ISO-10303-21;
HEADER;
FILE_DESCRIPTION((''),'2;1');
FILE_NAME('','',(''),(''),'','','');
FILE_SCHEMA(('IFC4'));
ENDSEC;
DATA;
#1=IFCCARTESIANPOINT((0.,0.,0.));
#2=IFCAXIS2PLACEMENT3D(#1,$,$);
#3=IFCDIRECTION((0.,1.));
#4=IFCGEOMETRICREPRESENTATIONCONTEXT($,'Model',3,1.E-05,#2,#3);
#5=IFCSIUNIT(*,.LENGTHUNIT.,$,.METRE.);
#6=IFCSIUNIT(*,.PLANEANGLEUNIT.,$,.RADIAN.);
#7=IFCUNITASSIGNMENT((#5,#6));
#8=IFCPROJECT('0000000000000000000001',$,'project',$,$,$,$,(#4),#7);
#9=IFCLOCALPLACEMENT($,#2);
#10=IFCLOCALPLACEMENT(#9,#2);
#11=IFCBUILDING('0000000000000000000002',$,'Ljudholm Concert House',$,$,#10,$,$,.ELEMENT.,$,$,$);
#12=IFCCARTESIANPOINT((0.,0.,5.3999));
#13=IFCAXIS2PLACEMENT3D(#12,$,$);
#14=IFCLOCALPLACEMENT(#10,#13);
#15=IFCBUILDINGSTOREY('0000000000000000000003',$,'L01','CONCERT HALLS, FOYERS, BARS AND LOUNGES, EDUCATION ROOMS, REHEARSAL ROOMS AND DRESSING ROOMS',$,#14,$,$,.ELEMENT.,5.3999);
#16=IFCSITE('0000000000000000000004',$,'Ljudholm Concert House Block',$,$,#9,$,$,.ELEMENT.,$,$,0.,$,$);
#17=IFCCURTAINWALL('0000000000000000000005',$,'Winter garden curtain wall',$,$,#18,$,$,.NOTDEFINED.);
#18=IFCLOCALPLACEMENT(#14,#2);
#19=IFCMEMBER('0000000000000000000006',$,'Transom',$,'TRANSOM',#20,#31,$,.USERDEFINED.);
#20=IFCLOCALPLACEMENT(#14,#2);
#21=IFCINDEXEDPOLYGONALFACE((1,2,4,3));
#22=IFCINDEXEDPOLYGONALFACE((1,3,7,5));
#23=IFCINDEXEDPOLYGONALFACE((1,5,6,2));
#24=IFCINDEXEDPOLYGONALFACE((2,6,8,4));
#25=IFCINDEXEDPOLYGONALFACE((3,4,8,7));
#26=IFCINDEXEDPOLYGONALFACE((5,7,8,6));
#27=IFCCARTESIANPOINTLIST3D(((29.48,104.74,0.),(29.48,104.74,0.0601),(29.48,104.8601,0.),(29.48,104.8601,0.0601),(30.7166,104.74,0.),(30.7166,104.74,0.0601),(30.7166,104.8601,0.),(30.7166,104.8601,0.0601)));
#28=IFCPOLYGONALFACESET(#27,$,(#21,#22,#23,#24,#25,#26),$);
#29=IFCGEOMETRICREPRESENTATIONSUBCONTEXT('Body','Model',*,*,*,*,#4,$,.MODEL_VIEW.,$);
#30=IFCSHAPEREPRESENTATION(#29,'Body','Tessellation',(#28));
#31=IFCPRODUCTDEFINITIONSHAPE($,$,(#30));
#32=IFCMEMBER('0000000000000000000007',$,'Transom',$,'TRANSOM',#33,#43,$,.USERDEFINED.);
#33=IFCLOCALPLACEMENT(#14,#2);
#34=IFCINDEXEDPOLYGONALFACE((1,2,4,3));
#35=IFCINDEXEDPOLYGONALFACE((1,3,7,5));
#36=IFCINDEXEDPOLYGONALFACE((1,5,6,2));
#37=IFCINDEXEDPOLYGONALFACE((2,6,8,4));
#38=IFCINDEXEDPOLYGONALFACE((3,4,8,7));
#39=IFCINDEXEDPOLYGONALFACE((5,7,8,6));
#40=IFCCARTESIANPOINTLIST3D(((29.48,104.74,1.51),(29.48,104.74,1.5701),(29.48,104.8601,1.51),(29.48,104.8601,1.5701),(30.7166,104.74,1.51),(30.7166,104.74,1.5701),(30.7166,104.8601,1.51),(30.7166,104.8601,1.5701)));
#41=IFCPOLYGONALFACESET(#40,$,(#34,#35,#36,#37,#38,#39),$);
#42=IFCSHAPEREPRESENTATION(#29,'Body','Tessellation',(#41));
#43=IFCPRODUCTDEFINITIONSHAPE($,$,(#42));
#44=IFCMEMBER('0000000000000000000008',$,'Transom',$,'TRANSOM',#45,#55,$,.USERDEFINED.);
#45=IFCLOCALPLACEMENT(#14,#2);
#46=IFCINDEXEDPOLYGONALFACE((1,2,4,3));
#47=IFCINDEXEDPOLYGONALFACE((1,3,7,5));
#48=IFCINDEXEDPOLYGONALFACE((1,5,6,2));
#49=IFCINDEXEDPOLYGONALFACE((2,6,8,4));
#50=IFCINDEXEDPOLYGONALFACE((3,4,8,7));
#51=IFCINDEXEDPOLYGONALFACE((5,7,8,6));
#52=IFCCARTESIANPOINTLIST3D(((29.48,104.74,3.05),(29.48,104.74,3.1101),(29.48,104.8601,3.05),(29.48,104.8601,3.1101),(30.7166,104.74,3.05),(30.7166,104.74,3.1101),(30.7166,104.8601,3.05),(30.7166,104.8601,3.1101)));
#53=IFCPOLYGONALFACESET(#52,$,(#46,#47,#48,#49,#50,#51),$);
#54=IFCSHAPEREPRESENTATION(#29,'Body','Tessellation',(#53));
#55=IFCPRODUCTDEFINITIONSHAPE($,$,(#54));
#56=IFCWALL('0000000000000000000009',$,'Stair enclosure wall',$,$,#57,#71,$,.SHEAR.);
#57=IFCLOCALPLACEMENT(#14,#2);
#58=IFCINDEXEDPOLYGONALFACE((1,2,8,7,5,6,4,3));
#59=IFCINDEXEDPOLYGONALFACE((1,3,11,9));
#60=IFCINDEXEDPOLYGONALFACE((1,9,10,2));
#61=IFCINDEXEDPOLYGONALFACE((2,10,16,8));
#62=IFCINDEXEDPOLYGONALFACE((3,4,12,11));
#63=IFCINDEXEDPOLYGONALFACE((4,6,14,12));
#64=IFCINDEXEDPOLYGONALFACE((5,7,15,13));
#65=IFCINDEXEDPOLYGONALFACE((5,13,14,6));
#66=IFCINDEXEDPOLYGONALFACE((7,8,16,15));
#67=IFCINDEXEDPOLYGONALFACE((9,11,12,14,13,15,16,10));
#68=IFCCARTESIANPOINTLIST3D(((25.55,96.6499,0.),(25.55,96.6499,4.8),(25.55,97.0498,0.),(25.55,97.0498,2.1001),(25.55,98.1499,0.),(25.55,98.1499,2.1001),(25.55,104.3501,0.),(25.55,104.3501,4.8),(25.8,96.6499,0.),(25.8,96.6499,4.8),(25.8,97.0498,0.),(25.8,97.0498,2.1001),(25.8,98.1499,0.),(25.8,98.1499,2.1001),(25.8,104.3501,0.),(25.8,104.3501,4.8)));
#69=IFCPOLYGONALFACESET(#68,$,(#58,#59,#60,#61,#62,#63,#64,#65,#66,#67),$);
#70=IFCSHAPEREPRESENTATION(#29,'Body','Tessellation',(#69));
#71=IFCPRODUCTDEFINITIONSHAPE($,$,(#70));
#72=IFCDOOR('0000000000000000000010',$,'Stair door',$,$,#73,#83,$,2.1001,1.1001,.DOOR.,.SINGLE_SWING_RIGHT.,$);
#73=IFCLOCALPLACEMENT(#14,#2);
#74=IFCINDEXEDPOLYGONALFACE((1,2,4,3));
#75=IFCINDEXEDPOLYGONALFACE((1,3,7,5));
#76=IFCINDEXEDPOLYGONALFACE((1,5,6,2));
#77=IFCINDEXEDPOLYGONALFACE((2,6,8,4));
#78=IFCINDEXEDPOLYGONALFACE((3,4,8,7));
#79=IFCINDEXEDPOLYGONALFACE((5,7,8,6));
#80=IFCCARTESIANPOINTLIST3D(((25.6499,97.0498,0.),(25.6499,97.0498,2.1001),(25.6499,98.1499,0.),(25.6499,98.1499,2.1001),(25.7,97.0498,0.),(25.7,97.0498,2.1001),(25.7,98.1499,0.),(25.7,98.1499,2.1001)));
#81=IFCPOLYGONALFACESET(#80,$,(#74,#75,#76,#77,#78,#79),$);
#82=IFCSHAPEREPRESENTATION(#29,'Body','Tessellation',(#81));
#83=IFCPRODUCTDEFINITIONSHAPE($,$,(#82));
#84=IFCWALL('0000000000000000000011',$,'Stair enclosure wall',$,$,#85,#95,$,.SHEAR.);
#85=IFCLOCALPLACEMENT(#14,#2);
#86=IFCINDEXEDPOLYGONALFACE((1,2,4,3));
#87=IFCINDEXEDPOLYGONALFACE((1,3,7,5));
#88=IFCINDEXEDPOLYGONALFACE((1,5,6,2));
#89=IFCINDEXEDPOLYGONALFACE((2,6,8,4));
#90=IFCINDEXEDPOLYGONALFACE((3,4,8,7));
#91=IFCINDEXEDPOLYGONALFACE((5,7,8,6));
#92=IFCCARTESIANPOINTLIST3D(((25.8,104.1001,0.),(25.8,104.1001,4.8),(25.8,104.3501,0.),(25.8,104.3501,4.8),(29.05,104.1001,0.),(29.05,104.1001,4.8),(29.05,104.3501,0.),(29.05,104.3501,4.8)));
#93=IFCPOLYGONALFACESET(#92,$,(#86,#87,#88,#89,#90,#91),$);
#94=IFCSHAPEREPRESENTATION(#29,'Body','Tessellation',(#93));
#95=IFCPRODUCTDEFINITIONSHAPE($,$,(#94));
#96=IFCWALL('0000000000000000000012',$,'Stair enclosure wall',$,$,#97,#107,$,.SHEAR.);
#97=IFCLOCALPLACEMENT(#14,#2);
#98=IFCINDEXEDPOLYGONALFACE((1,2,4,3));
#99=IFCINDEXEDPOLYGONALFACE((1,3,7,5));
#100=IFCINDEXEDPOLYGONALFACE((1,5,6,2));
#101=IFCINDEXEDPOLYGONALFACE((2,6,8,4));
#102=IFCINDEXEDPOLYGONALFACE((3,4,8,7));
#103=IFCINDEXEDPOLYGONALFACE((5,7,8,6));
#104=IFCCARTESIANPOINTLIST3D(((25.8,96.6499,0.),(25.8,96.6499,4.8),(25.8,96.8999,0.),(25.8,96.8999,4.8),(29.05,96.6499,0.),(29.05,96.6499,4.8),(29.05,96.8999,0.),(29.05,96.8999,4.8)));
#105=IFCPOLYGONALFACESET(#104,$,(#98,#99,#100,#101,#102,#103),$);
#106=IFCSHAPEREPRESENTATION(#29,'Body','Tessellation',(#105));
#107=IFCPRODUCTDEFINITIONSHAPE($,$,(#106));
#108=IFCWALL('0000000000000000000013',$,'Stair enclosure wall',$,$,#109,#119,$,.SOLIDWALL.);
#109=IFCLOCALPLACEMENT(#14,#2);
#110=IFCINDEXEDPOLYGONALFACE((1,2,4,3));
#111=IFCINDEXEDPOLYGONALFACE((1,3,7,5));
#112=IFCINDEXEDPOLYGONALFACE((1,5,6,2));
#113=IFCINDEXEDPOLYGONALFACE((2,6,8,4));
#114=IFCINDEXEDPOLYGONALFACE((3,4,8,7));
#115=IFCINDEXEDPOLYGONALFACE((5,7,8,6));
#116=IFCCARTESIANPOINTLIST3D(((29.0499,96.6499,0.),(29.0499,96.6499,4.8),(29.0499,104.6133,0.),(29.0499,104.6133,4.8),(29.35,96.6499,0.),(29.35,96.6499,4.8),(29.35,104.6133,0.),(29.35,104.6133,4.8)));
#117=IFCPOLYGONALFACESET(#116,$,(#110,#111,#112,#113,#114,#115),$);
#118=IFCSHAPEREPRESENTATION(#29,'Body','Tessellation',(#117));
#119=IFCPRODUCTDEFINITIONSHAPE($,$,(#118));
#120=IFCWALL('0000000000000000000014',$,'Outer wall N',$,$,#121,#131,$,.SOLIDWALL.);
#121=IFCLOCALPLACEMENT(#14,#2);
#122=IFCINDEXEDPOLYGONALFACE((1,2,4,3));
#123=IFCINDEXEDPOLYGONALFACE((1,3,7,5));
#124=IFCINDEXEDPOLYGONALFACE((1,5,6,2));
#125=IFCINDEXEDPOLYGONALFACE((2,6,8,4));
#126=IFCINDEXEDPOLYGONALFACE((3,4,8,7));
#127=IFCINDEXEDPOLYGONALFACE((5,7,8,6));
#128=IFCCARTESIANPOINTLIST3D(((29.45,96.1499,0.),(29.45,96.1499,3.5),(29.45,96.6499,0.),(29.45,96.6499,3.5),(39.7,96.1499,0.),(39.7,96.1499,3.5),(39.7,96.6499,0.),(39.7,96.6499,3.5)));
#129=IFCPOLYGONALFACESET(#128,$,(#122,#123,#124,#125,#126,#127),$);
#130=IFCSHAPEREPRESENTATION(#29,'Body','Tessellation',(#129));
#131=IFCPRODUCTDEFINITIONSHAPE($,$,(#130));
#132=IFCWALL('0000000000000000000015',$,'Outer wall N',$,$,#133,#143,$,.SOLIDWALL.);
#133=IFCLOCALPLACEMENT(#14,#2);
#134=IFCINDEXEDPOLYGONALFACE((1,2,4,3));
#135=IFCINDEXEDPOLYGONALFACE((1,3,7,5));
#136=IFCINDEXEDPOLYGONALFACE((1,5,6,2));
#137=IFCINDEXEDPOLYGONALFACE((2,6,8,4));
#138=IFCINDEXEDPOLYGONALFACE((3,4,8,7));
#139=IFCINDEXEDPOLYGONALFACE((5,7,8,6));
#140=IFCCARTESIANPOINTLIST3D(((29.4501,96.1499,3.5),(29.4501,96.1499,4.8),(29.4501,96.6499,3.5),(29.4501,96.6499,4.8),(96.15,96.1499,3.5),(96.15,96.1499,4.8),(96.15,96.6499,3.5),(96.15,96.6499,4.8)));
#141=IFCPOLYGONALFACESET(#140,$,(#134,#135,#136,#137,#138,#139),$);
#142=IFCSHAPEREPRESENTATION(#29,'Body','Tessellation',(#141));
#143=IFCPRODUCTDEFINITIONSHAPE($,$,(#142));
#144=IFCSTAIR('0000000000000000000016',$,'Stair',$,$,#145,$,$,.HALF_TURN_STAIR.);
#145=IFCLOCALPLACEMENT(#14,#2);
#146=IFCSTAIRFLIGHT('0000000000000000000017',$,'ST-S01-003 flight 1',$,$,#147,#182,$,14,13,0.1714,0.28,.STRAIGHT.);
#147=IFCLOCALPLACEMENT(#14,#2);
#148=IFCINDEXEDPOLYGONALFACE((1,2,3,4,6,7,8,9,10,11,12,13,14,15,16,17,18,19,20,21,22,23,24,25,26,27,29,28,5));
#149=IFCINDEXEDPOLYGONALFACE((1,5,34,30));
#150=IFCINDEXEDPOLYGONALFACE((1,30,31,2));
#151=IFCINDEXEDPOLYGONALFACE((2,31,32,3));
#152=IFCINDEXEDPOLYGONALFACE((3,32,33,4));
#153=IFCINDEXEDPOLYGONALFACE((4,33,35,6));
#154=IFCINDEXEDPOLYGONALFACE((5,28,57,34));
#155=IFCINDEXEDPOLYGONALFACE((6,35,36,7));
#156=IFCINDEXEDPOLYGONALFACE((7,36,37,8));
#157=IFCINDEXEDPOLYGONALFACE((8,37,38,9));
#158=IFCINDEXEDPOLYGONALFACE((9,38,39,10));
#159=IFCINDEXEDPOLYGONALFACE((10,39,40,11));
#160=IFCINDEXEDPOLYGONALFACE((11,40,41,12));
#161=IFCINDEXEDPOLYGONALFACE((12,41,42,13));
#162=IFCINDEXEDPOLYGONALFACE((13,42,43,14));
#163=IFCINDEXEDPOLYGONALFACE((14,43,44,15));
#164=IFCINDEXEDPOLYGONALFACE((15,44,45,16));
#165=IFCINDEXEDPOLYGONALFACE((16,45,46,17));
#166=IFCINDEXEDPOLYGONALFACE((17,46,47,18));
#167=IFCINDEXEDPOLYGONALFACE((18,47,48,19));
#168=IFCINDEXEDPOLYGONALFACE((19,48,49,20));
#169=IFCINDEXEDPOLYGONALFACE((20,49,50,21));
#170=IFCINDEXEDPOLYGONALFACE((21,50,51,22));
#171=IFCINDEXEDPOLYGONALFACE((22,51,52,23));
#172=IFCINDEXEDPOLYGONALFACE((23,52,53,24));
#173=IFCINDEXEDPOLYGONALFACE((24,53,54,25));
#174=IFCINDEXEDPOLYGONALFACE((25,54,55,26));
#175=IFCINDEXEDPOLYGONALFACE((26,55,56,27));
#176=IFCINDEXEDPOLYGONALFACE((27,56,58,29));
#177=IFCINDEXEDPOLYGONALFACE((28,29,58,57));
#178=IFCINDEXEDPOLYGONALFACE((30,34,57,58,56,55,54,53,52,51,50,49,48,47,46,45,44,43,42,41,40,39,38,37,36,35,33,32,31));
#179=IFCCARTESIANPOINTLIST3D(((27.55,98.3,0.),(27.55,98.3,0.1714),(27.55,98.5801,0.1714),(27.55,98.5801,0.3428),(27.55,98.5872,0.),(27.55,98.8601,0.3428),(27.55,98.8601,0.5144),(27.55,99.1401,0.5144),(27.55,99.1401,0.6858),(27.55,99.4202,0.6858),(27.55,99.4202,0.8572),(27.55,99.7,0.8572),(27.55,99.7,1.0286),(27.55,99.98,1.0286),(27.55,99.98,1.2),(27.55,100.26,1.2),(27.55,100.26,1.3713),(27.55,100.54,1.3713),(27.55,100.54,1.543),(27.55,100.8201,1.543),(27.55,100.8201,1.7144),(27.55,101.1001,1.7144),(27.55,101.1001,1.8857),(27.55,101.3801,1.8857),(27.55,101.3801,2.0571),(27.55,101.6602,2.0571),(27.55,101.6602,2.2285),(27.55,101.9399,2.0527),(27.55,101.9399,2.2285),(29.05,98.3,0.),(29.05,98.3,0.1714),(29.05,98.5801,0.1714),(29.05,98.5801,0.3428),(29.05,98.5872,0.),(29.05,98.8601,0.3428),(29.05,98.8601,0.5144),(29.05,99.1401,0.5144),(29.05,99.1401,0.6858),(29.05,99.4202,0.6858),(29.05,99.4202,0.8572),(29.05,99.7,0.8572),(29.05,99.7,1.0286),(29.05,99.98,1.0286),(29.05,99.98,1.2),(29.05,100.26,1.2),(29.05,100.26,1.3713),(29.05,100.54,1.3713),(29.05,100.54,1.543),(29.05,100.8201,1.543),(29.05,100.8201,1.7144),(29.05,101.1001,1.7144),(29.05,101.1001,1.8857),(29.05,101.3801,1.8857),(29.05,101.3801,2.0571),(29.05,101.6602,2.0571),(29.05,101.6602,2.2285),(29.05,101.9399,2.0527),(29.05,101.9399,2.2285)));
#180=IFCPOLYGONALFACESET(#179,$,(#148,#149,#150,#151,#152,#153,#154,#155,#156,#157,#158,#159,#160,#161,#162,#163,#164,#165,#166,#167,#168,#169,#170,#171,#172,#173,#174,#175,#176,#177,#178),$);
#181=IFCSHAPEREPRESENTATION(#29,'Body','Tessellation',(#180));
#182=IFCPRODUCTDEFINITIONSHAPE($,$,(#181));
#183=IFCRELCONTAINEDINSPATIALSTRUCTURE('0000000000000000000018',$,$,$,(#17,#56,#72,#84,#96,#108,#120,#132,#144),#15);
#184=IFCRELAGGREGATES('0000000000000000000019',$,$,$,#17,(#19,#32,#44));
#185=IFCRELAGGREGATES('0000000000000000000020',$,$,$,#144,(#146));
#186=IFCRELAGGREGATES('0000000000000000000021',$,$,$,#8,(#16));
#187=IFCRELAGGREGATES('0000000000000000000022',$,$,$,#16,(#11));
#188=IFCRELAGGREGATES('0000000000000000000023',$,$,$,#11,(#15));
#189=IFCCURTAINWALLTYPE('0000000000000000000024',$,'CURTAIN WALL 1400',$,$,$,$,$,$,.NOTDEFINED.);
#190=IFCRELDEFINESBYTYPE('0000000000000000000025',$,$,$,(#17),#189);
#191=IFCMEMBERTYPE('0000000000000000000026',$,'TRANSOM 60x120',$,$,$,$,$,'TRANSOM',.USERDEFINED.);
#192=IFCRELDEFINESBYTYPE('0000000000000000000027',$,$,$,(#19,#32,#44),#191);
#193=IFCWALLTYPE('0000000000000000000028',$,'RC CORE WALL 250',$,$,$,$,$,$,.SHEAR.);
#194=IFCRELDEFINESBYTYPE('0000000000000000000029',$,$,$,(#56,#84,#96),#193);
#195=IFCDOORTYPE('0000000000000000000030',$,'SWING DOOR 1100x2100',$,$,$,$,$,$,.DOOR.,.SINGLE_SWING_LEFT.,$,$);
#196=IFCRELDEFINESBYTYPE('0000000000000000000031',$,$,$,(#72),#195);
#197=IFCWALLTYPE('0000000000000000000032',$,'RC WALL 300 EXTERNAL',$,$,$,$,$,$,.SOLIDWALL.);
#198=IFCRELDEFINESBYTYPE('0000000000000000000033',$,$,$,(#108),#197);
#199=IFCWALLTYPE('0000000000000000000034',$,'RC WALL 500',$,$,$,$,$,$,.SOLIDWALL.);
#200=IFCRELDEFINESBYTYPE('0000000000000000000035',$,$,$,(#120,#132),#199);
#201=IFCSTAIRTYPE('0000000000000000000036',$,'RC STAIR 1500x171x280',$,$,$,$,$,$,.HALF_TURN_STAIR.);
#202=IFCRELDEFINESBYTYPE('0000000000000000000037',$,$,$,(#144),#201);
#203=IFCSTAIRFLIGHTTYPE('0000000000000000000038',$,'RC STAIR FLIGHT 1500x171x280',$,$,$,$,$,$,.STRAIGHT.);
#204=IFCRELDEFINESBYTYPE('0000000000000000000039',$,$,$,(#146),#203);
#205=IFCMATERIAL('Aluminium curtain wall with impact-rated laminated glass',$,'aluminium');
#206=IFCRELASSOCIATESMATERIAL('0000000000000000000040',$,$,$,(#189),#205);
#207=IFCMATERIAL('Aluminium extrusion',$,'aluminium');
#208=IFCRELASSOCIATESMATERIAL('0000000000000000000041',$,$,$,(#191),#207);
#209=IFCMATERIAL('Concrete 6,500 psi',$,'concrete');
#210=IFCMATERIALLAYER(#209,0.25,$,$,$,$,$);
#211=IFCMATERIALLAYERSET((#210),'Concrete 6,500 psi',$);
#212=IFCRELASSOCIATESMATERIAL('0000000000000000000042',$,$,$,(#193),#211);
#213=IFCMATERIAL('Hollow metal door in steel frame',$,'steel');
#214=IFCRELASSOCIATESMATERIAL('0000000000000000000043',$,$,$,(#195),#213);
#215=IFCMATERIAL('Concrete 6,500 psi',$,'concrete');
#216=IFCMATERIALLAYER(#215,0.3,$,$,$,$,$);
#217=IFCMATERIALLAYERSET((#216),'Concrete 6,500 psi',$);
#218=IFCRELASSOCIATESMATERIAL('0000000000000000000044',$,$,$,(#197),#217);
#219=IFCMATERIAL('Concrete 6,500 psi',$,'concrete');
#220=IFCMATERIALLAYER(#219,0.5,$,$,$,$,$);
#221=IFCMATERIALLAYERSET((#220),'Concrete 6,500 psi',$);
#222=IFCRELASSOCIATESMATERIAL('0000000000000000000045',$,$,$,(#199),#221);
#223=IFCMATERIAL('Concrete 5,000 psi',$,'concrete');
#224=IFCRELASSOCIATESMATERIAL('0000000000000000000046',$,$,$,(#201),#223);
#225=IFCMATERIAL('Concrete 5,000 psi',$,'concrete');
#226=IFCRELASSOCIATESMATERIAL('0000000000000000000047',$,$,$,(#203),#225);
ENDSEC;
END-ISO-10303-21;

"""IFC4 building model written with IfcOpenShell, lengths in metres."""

from ifc_helpers import new_model, si_unit, direction, frame, frame_2d, origin, origin_2d, place, context, subcontext, project, spatial, polyline, rectangle, outline, extrude, material, layer, layer_set, material_profile, profile_set, type_object, element, fill, aggregate, save


model = new_model("IFC4")

# Units and contexts
model_context = context("Model", 3, precision=1e-05, world=origin(), true_north=direction((0.0, 1.0)))
body_context = subcontext(model_context, "Body", "Model", "MODEL_VIEW")
ifc_project = project(units=[si_unit("LENGTHUNIT", "METRE"), si_unit("PLANEANGLEUNIT", "RADIAN")], contexts=[model_context])

# Site, building, storey
site_placement = place(None, origin())
site = spatial("IfcSite", under=ifc_project, at=site_placement, Name="Ljudholm Concert House Block", CompositionType="ELEMENT", RefElevation=0.0)
building_placement = place(site_placement, origin())
building = spatial("IfcBuilding", under=site, at=building_placement, Name="Ljudholm Concert House", CompositionType="ELEMENT")
storey_placement = place(building_placement, frame((0.0, 0.0, 5.3999)))
storey = spatial("IfcBuildingStorey", under=building, at=storey_placement, Name="L01", Description="CONCERT HALLS, FOYERS, BARS AND LOUNGES, EDUCATION ROOMS, REHEARSAL ROOMS AND DRESSING ROOMS", CompositionType="ELEMENT", Elevation=5.3999)

# Curtain wall
ifc_material_1 = material(Name="Aluminium curtain wall with impact-rated laminated glass", Category="aluminium")
curtain_wall_type = type_object("IfcCurtainWallType", Name="CURTAIN WALL 1400", PredefinedType="NOTDEFINED", material=ifc_material_1)
curtain_wall_placement = place(storey_placement, origin())
curtain_wall = element("IfcCurtainWall", 1, at=curtain_wall_placement, inside=storey, type_object=curtain_wall_type, Name="Winter garden curtain wall", PredefinedType="NOTDEFINED")

# Members
ifc_material_2 = material(Name="Aluminium extrusion", Category="aluminium")
ifc_material_profile_1 = material_profile(ifc_material_2, rectangle(XDim=0.1201, YDim=0.0601, at=origin_2d()), Name="TRANSOM 60x120")
ifc_profile_set_1 = profile_set([ifc_material_profile_1], Name="Aluminium extrusion")
member_type_1 = type_object("IfcMemberType", Name="TRANSOM 60x120", ElementType="TRANSOM", PredefinedType="USERDEFINED", material=ifc_profile_set_1)
member_1_placement = place(storey_placement, frame((29.48, 104.8, 0.03), z_axis=(1.0, 0.0, 0.0), x_axis=(0.0, 1.0, 0.0)))
member_1 = element("IfcMember", 2, at=member_1_placement, type_object=member_type_1, Name="Transom", ObjectType="TRANSOM", PredefinedType="USERDEFINED", context=body_context, shape_type="SweptSolid", body=[
    extrude(rectangle(XDim=0.1201, YDim=0.0601, at=origin_2d()), origin(), (0.0, 0.0, 1.0), 1.2366),
])
member_2_placement = place(storey_placement, frame((29.48, 104.8, 1.54), z_axis=(1.0, 0.0, 0.0), x_axis=(0.0, 1.0, 0.0)))
member_2 = element("IfcMember", 3, at=member_2_placement, type_object=member_type_1, Name="Transom", ObjectType="TRANSOM", PredefinedType="USERDEFINED", context=body_context, shape_type="SweptSolid", body=[
    extrude(rectangle(XDim=0.1201, YDim=0.0601, at=origin_2d()), origin(), (0.0, 0.0, 1.0), 1.2366),
])
member_3_placement = place(storey_placement, frame((29.48, 104.8, 3.0801), z_axis=(1.0, 0.0, 0.0), x_axis=(0.0, 1.0, 0.0)))
member_3 = element("IfcMember", 4, at=member_3_placement, type_object=member_type_1, Name="Transom", ObjectType="TRANSOM", PredefinedType="USERDEFINED", context=body_context, shape_type="SweptSolid", body=[
    extrude(rectangle(XDim=0.1201, YDim=0.0601, at=origin_2d()), origin(), (0.0, 0.0, 1.0), 1.2366),
])
aggregate(curtain_wall, [member_1, member_2, member_3])

# Wall, opening, door
ifc_material_3 = material(Name="Concrete 6,500 psi", Category="concrete")
ifc_layer_1 = layer(ifc_material_3, 0.25)
ifc_layer_set_1 = layer_set([ifc_layer_1], Name="Concrete 6,500 psi")
wall_type_1 = type_object("IfcWallType", Name="RC CORE WALL 250", PredefinedType="SHEAR", material=ifc_layer_set_1)
wall_1_placement = place(storey_placement, frame((25.675, 96.6499, 0.0), z_axis=(0.0, 0.0, 1.0), x_axis=(0.0, 1.0, 0.0)))
wall_1 = element("IfcWall", 5, at=wall_1_placement, inside=storey, type_object=wall_type_1, Name="Stair enclosure wall", PredefinedType="SHEAR", context=body_context, shape_type="SweptSolid", body=[
    extrude(rectangle(XDim=7.7002, YDim=0.25, at=frame_2d((3.8501, 0.0))), origin(), (0.0, 0.0, 1.0), 4.8),
])
opening_placement = place(wall_1_placement, frame((0.3999, 0.0, 0.0)))
opening = element("IfcOpeningElement", 6, at=opening_placement, cuts=wall_1, PredefinedType="OPENING", context=body_context, shape_type="SweptSolid", body=[
    extrude(rectangle(XDim=1.1001, YDim=2.1001, at=frame_2d((0.55, 1.05))), frame((0.0, 0.135, 0.0), z_axis=(0.0, -1.0, 0.0), x_axis=(1.0, 0.0, 0.0)), (0.0, 0.0, 1.0), 0.27),
])
ifc_material_4 = material(Name="Hollow metal door in steel frame", Category="steel")
door_type = type_object("IfcDoorType", Name="SWING DOOR 1100x2100", OperationType="SINGLE_SWING_LEFT", PredefinedType="DOOR", material=ifc_material_4)
door_placement = place(opening_placement, frame((1.1001, 0.0, 0.0), z_axis=(0.0, 0.0, 1.0), x_axis=(-1.0, 0.0, 0.0)))
door = element("IfcDoor", 7, at=door_placement, inside=storey, type_object=door_type, Name="Stair door", OperationType="SINGLE_SWING_RIGHT", OverallHeight=2.1001, OverallWidth=1.1001, PredefinedType="DOOR", context=body_context, shape_type="SweptSolid", body=[
    extrude(rectangle(XDim=1.1001, YDim=2.1001, at=frame_2d((0.55, 1.05))), frame((0.0, 0.0249, 0.0), z_axis=(0.0, -1.0, 0.0), x_axis=(1.0, 0.0, 0.0)), (0.0, 0.0, 1.0), 0.05),
])
fill(opening, door)

# Walls
for number, where, z_axis, x_axis, name in (
    (8, (25.8, 104.2251, 0.0), (0.0, 0.0, 1.0), (1.0, 0.0, 0.0), "Stair enclosure wall"),
    (9, (25.8, 96.7749, 0.0), (0.0, 0.0, 1.0), (1.0, 0.0, 0.0), "Stair enclosure wall"),
):
    element("IfcWall", number, at=place(storey_placement, frame(where, z_axis=z_axis, x_axis=x_axis)), inside=storey, type_object=wall_type_1, Name=name, PredefinedType="SHEAR", context=body_context, shape_type="SweptSolid", body=[
        extrude(rectangle(XDim=3.25, YDim=0.25, at=frame_2d((1.625, 0.0))), origin(), (0.0, 0.0, 1.0), 4.8),
    ])
ifc_material_5 = material(Name="Concrete 6,500 psi", Category="concrete")
ifc_layer_2 = layer(ifc_material_5, 0.3)
ifc_layer_set_2 = layer_set([ifc_layer_2], Name="Concrete 6,500 psi")
wall_type_2 = type_object("IfcWallType", Name="RC WALL 300 EXTERNAL", PredefinedType="SOLIDWALL", material=ifc_layer_set_2)
wall_2_placement = place(storey_placement, frame((29.2, 96.6499, 0.0), z_axis=(0.0, 0.0, 1.0), x_axis=(0.0, 1.0, 0.0)))
element("IfcWall", 10, at=wall_2_placement, inside=storey, type_object=wall_type_2, Name="Stair enclosure wall", PredefinedType="SOLIDWALL", context=body_context, shape_type="SweptSolid", body=[
    extrude(rectangle(XDim=7.9634, YDim=0.3, at=frame_2d((3.9817, 0.0))), origin(), (0.0, 0.0, 1.0), 4.8),
])
ifc_material_6 = material(Name="Concrete 6,500 psi", Category="concrete")
ifc_layer_3 = layer(ifc_material_6, 0.5)
ifc_layer_set_3 = layer_set([ifc_layer_3], Name="Concrete 6,500 psi")
wall_type_3 = type_object("IfcWallType", Name="RC WALL 500", PredefinedType="SOLIDWALL", material=ifc_layer_set_3)
wall_3_placement = place(storey_placement, frame((29.45, 96.3999, 0.0), z_axis=(0.0, 0.0, 1.0), x_axis=(1.0, 0.0, 0.0)))
element("IfcWall", 11, at=wall_3_placement, inside=storey, type_object=wall_type_3, Name="Outer wall N", PredefinedType="SOLIDWALL", context=body_context, shape_type="SweptSolid", body=[
    extrude(rectangle(XDim=10.25, YDim=0.5, at=frame_2d((5.125, 0.0))), origin(), (0.0, 0.0, 1.0), 3.5),
])
wall_4_placement = place(storey_placement, frame((29.45, 96.3999, 3.5), z_axis=(0.0, 0.0, 1.0), x_axis=(1.0, 0.0, 0.0)))
element("IfcWall", 12, at=wall_4_placement, inside=storey, type_object=wall_type_3, Name="Outer wall N", PredefinedType="SOLIDWALL", context=body_context, shape_type="SweptSolid", body=[
    extrude(rectangle(XDim=66.7, YDim=0.5, at=frame_2d((33.3501, 0.0))), origin(), (0.0, 0.0, 1.0), 1.3),
])

# Stair, stair flight
ifc_material_7 = material(Name="Concrete 5,000 psi", Category="concrete")
stair_type = type_object("IfcStairType", Name="RC STAIR 1500x171x280", PredefinedType="HALF_TURN_STAIR", material=ifc_material_7)
stair_placement = place(storey_placement, origin())
stair = element("IfcStair", 13, at=stair_placement, inside=storey, type_object=stair_type, Name="Stair", PredefinedType="HALF_TURN_STAIR")
ifc_material_8 = material(Name="Concrete 5,000 psi", Category="concrete")
stair_flight_type = type_object("IfcStairFlightType", Name="RC STAIR FLIGHT 1500x171x280", PredefinedType="STRAIGHT", material=ifc_material_8)
stair_flight_1_placement = place(storey_placement, frame((28.3, 98.3, 0.0), z_axis=(0.0, 0.0, 1.0), x_axis=(0.0, 1.0, 0.0)))
stair_flight_1 = element("IfcStairFlight", 14, at=stair_flight_1_placement, type_object=stair_flight_type, Name="ST-S01-003 flight 1", NumberOfRisers=14, NumberOfTreads=13, PredefinedType="STRAIGHT", RiserHeight=0.1714, TreadLength=0.28, context=body_context, shape_type="SweptSolid", body=[
    extrude(outline(polyline([(0.0, 0.0), (0.0, 0.1714), (0.28, 0.1714), (0.28, 0.3428), (0.5601, 0.3428), (0.5601, 0.5144), (0.8401, 0.5144), (0.8401, 0.6858), (1.1201, 0.6858), (1.1201, 0.8572), (1.3999, 0.8572), (1.3999, 1.0286), (1.6799, 1.0286), (1.6799, 1.2), (1.96, 1.2), (1.96, 1.3713), (2.24, 1.3713), (2.24, 1.543), (2.52, 1.543), (2.52, 1.7144), (2.8, 1.7144), (2.8, 1.8857), (3.0801, 1.8857), (3.0801, 2.0571), (3.3601, 2.0571), (3.3601, 2.2285), (3.6399, 2.2285), (3.6399, 2.3999), (3.6399, 2.0527), (0.2871, 0.0), (0.0, 0.0)])), frame((0.0, 0.75, 0.0), z_axis=(0.0, -1.0, 0.0), x_axis=(1.0, 0.0, 0.0)), (0.0, 0.0, 1.0), 1.5),
])
aggregate(stair, [stair_flight_1])

save(model, "model.ifc")
